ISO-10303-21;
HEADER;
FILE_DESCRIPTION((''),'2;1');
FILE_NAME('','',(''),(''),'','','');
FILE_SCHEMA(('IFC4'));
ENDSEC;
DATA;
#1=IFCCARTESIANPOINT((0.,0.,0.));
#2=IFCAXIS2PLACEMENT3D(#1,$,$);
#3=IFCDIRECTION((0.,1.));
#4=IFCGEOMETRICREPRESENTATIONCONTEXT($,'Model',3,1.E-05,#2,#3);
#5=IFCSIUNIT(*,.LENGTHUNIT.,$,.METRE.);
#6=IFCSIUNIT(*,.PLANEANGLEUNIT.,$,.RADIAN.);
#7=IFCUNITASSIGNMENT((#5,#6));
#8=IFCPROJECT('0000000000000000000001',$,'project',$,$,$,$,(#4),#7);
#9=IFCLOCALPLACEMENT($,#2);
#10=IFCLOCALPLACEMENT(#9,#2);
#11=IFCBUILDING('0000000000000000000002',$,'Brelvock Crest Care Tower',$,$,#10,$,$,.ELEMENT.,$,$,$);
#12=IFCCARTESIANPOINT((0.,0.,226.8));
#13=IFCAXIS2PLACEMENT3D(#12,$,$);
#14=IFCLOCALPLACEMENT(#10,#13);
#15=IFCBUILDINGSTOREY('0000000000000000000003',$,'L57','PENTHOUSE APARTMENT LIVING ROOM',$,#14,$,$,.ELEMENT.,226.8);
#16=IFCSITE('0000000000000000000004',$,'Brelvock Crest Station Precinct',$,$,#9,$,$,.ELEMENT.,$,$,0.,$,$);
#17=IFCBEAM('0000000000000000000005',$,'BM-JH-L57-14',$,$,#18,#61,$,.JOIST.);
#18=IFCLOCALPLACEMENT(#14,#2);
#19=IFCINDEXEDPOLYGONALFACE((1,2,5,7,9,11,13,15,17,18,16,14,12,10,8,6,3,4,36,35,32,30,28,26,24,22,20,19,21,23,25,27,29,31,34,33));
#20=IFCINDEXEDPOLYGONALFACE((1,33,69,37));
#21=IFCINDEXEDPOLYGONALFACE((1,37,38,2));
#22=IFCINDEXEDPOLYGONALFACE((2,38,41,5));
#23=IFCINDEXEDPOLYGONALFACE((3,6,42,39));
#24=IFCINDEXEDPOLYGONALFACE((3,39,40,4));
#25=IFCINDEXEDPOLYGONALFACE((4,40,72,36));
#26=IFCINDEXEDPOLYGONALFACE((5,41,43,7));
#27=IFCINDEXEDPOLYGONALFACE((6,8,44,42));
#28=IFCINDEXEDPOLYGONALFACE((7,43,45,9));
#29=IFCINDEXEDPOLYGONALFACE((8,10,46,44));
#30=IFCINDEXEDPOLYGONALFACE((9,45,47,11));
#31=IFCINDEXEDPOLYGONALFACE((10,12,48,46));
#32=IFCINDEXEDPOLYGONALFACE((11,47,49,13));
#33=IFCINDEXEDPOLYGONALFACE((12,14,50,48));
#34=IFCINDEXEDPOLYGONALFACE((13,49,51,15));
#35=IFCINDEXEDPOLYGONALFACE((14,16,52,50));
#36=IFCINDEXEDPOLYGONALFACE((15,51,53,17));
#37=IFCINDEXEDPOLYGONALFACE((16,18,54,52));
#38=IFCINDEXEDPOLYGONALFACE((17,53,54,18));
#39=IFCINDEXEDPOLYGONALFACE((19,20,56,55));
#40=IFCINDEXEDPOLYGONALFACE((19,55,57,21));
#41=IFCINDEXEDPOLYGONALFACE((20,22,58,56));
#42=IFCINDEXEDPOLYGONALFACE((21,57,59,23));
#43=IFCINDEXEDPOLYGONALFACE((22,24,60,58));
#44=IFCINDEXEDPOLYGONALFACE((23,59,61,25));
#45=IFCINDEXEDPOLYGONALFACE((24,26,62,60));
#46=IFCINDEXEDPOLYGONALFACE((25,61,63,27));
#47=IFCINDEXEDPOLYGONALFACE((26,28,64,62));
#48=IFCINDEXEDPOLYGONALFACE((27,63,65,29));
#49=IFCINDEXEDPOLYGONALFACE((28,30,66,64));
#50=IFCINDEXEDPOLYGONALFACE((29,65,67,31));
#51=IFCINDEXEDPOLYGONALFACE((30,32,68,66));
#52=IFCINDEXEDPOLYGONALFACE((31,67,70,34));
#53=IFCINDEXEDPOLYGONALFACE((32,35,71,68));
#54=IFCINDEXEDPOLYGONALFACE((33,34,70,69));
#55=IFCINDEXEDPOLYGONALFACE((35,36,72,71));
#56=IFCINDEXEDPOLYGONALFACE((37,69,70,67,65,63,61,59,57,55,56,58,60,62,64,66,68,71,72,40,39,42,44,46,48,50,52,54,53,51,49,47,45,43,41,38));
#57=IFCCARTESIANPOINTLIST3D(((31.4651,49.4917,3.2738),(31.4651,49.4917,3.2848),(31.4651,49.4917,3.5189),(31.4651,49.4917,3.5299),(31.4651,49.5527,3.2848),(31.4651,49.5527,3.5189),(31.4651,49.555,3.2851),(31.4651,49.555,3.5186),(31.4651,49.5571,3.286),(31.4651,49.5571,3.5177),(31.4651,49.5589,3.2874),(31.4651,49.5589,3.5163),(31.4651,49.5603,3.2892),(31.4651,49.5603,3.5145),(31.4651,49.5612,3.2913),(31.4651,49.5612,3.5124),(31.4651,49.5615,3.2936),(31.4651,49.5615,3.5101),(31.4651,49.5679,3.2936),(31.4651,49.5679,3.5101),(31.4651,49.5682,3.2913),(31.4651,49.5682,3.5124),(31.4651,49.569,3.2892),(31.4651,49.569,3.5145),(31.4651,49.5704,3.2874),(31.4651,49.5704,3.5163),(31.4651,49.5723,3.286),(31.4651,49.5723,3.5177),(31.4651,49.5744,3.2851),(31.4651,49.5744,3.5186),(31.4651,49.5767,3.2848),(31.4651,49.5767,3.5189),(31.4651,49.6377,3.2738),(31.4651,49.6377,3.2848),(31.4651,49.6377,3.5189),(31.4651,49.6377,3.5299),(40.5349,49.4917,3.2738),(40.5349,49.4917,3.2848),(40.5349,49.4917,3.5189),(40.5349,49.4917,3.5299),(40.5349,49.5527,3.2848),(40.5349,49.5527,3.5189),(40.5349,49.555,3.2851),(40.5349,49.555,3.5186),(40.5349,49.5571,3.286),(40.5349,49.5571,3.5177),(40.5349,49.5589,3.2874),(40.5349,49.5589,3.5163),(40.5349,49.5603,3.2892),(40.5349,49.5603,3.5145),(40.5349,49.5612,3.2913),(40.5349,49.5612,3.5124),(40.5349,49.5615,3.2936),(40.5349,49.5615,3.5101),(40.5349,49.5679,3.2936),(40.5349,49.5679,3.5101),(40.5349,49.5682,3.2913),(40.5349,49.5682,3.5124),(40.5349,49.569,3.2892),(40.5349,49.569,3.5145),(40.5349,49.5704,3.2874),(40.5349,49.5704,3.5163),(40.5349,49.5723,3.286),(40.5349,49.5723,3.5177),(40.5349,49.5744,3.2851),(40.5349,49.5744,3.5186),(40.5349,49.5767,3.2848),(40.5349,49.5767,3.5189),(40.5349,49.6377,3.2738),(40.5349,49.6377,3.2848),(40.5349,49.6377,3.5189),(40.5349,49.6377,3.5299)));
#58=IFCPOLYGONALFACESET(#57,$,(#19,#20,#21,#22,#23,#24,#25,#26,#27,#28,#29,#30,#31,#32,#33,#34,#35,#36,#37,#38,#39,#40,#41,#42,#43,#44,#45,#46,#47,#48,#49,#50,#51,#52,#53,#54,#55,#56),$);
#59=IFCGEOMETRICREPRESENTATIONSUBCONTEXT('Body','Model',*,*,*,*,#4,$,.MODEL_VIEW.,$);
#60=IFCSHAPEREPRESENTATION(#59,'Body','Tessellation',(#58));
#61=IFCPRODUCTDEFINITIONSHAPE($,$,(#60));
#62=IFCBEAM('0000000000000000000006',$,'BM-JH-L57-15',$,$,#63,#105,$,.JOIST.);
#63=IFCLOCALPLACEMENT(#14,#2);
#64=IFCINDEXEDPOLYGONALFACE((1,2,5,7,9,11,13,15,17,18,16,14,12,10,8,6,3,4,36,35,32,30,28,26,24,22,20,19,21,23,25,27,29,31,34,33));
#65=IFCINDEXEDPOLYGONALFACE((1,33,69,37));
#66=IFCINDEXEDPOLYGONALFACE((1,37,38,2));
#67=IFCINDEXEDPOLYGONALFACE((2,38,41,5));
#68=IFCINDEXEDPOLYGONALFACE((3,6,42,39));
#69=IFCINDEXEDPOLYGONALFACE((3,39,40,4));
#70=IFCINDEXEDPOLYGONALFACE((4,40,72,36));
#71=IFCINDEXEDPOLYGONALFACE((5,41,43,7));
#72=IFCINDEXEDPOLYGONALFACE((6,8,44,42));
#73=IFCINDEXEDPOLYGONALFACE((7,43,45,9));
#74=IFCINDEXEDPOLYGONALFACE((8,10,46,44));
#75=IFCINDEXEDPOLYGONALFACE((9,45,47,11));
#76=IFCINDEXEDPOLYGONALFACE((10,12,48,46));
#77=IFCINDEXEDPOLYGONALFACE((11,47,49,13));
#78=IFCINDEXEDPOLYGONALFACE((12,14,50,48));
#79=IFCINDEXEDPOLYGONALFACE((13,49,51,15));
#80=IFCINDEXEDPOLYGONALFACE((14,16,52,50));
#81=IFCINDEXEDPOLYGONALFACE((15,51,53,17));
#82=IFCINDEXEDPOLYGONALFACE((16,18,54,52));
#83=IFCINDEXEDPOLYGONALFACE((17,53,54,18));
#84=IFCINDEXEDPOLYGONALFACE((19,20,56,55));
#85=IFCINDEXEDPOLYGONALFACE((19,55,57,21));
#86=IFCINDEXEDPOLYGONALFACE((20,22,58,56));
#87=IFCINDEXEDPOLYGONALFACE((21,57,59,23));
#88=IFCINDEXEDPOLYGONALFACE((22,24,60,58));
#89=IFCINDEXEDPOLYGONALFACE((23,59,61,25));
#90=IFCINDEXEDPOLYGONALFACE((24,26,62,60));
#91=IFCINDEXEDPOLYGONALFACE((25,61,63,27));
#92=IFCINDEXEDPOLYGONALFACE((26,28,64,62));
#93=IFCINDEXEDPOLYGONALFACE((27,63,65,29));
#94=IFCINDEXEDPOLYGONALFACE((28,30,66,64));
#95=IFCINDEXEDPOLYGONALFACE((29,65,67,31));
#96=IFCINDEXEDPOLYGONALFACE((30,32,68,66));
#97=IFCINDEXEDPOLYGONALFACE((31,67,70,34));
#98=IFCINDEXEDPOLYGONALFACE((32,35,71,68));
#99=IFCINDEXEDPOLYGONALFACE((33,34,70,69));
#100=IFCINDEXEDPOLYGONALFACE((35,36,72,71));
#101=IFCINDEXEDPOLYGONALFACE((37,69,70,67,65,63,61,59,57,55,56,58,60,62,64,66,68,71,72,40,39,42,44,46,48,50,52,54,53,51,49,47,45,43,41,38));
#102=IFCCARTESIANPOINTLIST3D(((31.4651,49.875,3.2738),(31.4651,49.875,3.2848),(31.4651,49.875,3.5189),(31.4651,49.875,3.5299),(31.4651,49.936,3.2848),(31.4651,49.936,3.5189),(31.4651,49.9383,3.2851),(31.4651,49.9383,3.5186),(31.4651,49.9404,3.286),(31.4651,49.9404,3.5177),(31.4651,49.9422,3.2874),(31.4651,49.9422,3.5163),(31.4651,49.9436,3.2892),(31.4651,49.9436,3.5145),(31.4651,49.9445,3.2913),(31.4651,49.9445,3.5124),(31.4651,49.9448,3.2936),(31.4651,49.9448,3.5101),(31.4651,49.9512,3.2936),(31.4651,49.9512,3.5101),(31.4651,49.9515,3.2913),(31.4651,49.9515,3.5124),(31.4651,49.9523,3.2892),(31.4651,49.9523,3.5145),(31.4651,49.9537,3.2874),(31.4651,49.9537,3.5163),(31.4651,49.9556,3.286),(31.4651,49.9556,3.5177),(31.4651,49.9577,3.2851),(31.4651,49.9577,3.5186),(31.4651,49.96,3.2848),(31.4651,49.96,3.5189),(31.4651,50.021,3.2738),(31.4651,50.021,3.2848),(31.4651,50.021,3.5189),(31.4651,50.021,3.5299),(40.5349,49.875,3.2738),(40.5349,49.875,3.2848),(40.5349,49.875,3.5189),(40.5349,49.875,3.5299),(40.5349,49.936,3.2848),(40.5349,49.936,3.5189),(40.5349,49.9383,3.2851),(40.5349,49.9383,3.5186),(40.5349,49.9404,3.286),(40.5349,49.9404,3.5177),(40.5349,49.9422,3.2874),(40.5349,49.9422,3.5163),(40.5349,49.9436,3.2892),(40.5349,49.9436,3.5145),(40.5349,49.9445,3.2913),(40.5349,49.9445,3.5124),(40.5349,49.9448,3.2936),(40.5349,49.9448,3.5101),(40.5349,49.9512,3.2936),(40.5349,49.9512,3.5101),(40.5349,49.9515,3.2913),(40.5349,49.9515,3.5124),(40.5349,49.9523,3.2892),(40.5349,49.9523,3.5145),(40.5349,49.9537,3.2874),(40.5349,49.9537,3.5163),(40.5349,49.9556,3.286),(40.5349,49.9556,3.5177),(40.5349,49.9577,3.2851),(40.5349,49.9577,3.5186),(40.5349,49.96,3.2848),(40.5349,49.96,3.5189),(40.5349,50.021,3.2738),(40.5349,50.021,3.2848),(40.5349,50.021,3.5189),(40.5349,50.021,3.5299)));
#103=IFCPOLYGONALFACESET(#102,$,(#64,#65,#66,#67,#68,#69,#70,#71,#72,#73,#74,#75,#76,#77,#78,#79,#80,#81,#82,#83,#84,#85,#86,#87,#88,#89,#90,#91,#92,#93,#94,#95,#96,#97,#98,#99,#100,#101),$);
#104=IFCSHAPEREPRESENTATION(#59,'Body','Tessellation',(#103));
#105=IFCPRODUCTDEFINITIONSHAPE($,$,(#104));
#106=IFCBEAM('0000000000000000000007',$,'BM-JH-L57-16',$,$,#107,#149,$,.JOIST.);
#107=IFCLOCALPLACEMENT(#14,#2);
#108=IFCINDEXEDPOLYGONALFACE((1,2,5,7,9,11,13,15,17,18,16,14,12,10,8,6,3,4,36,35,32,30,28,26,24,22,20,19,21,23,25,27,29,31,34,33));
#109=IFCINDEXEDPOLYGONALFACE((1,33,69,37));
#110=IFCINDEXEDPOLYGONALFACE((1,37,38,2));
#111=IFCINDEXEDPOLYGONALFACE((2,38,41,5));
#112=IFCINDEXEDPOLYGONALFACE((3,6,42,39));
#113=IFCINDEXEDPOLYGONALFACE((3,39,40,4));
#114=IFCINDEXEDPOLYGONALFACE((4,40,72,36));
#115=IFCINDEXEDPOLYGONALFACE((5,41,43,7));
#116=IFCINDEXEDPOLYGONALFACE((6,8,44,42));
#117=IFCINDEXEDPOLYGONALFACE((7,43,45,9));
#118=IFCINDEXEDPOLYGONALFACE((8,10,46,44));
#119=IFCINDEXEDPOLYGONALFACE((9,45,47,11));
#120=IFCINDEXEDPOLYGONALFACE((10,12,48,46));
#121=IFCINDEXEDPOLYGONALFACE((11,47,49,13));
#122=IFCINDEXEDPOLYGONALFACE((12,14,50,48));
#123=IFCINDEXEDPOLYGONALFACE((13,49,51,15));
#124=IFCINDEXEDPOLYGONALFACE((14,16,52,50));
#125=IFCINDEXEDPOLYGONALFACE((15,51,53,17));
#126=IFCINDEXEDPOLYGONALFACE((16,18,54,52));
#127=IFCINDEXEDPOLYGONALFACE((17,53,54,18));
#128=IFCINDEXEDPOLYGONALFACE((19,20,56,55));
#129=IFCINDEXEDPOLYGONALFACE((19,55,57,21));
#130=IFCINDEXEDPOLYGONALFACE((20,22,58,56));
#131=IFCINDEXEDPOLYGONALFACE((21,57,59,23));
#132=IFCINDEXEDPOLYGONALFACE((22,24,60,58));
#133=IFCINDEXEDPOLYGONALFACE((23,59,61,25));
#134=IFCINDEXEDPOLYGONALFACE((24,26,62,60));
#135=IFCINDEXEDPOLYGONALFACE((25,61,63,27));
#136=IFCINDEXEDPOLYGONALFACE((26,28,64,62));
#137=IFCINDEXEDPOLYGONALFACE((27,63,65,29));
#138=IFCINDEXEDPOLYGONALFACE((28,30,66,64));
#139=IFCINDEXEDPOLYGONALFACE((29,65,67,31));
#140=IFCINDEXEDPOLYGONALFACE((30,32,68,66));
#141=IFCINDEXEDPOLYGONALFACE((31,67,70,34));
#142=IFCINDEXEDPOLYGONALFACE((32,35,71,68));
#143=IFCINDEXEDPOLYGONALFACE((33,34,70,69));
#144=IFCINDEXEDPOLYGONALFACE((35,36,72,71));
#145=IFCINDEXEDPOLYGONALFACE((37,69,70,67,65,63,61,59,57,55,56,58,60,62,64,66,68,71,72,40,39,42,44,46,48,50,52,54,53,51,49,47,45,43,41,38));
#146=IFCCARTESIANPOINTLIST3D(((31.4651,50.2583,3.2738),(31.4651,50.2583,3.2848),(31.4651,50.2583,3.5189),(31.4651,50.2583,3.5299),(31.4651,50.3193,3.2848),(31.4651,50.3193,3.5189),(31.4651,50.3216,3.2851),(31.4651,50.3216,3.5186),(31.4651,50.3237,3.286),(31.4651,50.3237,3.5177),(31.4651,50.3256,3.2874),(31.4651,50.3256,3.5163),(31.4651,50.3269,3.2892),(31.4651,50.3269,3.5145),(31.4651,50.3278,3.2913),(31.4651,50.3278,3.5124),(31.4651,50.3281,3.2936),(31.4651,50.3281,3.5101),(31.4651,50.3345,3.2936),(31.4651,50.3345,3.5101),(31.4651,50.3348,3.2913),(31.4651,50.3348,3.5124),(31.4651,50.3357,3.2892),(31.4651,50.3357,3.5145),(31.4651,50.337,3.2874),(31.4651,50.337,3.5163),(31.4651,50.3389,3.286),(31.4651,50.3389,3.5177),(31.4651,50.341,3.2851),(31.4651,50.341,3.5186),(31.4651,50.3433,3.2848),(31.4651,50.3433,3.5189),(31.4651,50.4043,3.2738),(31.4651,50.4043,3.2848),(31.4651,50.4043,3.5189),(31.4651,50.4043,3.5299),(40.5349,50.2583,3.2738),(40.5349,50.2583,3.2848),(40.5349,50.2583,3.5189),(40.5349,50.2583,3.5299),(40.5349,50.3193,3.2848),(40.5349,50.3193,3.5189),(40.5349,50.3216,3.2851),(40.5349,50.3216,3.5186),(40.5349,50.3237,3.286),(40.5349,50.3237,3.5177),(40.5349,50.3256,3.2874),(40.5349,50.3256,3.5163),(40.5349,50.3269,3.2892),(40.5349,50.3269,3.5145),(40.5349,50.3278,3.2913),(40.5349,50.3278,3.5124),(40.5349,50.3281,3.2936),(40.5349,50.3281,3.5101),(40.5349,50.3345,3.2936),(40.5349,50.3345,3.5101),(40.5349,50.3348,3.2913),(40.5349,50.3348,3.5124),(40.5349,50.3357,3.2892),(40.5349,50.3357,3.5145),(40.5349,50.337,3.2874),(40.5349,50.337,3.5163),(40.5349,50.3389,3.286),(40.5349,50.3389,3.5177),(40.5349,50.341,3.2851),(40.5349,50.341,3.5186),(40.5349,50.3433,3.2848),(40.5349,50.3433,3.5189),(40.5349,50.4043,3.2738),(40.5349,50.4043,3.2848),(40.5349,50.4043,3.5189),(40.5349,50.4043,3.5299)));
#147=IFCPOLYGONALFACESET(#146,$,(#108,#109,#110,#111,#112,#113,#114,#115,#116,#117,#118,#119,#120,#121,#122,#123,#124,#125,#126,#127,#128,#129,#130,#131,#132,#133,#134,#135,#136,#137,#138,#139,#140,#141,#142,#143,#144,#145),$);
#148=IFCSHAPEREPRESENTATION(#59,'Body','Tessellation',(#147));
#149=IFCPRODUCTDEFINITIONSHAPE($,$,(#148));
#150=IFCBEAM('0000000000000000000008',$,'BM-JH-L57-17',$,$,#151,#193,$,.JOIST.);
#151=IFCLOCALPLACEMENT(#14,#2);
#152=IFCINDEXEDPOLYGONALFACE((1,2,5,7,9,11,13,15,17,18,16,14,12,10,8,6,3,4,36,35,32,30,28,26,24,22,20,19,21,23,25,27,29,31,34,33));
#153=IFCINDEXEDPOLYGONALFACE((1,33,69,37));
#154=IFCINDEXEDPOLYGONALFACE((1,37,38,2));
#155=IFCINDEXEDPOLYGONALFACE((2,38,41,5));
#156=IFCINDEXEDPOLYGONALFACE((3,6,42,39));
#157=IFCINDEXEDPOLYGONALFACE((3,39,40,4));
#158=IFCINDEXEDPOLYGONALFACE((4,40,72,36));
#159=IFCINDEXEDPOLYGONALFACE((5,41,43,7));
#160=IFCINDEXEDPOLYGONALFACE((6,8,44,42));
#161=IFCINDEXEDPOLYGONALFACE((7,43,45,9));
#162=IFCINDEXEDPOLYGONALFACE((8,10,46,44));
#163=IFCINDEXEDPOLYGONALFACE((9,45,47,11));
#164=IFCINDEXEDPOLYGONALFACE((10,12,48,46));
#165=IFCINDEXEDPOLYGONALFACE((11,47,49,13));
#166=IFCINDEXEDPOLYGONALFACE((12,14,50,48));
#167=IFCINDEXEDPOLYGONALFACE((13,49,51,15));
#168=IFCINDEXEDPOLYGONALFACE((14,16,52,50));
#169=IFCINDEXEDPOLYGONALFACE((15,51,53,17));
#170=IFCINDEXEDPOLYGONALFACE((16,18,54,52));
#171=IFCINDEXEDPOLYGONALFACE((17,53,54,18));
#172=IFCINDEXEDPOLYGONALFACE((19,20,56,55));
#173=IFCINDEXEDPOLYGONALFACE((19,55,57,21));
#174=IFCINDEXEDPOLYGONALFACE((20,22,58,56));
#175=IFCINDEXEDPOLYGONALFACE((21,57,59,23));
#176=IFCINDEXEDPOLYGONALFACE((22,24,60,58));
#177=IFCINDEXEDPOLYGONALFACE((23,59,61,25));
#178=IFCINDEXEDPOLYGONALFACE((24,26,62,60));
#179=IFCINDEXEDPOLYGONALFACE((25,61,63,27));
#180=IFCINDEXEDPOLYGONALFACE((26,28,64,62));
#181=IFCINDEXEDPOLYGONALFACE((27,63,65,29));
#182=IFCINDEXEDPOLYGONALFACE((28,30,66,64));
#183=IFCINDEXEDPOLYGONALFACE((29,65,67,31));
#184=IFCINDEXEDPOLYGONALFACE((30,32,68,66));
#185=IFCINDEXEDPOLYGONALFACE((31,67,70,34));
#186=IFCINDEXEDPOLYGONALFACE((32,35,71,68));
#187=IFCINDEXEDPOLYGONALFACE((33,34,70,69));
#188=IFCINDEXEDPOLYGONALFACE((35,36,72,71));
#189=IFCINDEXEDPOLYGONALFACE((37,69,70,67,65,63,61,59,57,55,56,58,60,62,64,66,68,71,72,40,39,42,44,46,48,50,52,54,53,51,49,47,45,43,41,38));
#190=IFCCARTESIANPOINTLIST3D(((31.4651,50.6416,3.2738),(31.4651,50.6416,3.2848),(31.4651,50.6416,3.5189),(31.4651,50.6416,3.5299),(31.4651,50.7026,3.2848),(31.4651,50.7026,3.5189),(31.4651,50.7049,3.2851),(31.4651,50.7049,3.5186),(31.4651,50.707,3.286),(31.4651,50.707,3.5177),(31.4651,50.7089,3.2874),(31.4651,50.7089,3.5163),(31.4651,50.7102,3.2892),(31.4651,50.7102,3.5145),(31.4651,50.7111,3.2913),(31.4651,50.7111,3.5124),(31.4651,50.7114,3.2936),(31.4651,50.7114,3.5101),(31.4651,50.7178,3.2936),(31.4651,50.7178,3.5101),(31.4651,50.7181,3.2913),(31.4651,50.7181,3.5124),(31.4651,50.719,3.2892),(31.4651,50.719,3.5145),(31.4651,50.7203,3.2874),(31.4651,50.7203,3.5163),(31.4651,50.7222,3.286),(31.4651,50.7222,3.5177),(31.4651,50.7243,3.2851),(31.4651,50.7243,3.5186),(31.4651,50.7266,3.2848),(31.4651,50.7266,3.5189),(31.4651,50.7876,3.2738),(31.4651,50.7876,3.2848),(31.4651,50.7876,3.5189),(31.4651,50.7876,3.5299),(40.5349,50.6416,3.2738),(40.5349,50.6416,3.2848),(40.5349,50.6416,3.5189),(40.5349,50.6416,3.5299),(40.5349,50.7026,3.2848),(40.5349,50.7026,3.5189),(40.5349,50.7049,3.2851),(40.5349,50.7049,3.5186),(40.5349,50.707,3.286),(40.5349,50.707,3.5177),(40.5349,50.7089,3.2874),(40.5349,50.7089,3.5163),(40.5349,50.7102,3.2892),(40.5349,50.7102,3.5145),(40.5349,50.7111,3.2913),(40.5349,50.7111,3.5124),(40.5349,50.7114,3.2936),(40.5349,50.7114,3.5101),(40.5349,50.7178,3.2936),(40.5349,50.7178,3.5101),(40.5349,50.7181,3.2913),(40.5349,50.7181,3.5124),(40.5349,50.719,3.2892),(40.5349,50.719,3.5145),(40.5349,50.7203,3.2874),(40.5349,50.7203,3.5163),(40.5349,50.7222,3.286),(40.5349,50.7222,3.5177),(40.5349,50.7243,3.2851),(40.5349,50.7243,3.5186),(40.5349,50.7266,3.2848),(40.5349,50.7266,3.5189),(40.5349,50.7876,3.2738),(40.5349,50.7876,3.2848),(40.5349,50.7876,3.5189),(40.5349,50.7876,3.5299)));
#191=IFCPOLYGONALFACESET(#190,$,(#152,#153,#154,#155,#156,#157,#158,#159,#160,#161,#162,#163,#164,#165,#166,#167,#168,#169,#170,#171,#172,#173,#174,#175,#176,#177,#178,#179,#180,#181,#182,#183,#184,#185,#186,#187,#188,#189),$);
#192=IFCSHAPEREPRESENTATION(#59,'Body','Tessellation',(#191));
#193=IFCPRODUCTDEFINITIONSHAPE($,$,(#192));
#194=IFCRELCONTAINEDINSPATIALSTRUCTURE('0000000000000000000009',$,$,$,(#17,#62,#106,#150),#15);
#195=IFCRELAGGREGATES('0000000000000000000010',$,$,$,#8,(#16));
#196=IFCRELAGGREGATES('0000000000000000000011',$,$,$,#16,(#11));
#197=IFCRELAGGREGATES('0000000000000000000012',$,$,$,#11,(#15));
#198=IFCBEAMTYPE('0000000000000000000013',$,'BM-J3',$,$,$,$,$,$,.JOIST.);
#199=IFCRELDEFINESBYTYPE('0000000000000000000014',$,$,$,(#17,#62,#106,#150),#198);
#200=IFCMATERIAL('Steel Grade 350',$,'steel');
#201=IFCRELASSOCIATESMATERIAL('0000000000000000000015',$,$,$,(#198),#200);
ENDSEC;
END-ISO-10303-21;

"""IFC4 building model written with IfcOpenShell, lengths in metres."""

from ifc_helpers import new_model, si_unit, direction, frame, origin, origin_2d, place, context, subcontext, project, spatial, i_section, extrude, source, transform, mapped, material, material_profile, profile_set, type_object, element, save


model = new_model("IFC4")

# Units and contexts
model_context = context("Model", 3, precision=1e-05, world=origin(), true_north=direction((0.0, 1.0)))
body_context = subcontext(model_context, "Body", "Model", "MODEL_VIEW")
ifc_project = project(units=[si_unit("LENGTHUNIT", "METRE"), si_unit("PLANEANGLEUNIT", "RADIAN")], contexts=[model_context])

# Site, building, storey
site_placement = place(None, origin())
site = spatial("IfcSite", under=ifc_project, at=site_placement, Name="Brelvock Crest Station Precinct", CompositionType="ELEMENT", RefElevation=0.0)
building_placement = place(site_placement, origin())
building = spatial("IfcBuilding", under=site, at=building_placement, Name="Brelvock Crest Care Tower", CompositionType="ELEMENT")
storey_placement = place(building_placement, frame((0.0, 0.0, 226.8)))
storey = spatial("IfcBuildingStorey", under=building, at=storey_placement, Name="L57", Description="PENTHOUSE APARTMENT LIVING ROOM", CompositionType="ELEMENT", Elevation=226.8)

# Beams
ifc_material_1 = material(Name="Steel Grade 350", Category="steel")
ifc_material_profile_1 = material_profile(ifc_material_1, i_section(OverallWidth=0.146, OverallDepth=0.2561, WebThickness=0.0063, FlangeThickness=0.011, FilletRadius=0.0088, at=origin_2d()), Name="250UB37.3")
ifc_profile_set_1 = profile_set([ifc_material_profile_1], Name="Steel Grade 350")
beam_type_1 = type_object("IfcBeamType", Name="BM-J3", PredefinedType="JOIST", material=ifc_profile_set_1)
shared_shape_1 = source(origin(), body_context, "Body", "SweptSolid", [
    extrude(i_section(OverallWidth=0.146, OverallDepth=0.2561, WebThickness=0.0063, FlangeThickness=0.011, FilletRadius=0.0088, at=origin_2d()), origin(), (0.0, 0.0, 1.0), 9.0698),
])
for number, where, z_axis, x_axis, name in (
    (1, (31.4651, 49.5647, 3.4019), (1.0, 0.0, 0.0), (0.0, 1.0, 0.0), "BM-JH-L57-14"),
    (2, (31.4651, 49.948, 3.4019), (1.0, 0.0, 0.0), (0.0, 1.0, 0.0), "BM-JH-L57-15"),
    (3, (31.4651, 50.3313, 3.4019), (1.0, 0.0, 0.0), (0.0, 1.0, 0.0), "BM-JH-L57-16"),
    (4, (31.4651, 50.7146, 3.4019), (1.0, 0.0, 0.0), (0.0, 1.0, 0.0), "BM-JH-L57-17"),
):
    element("IfcBeam", number, at=place(storey_placement, frame(where, z_axis=z_axis, x_axis=x_axis)), inside=storey, type_object=beam_type_1, Name=name, PredefinedType="JOIST", context=body_context, shape_type="MappedRepresentation", body=[
        mapped(shared_shape_1, transform((0.0, 0.0, 0.0), x_axis=(1.0, 0.0, 0.0), y_axis=(0.0, 1.0, 0.0), z_axis=(0.0, 0.0, 1.0), scale=1.0)),
    ])

save(model, "model.ifc")
